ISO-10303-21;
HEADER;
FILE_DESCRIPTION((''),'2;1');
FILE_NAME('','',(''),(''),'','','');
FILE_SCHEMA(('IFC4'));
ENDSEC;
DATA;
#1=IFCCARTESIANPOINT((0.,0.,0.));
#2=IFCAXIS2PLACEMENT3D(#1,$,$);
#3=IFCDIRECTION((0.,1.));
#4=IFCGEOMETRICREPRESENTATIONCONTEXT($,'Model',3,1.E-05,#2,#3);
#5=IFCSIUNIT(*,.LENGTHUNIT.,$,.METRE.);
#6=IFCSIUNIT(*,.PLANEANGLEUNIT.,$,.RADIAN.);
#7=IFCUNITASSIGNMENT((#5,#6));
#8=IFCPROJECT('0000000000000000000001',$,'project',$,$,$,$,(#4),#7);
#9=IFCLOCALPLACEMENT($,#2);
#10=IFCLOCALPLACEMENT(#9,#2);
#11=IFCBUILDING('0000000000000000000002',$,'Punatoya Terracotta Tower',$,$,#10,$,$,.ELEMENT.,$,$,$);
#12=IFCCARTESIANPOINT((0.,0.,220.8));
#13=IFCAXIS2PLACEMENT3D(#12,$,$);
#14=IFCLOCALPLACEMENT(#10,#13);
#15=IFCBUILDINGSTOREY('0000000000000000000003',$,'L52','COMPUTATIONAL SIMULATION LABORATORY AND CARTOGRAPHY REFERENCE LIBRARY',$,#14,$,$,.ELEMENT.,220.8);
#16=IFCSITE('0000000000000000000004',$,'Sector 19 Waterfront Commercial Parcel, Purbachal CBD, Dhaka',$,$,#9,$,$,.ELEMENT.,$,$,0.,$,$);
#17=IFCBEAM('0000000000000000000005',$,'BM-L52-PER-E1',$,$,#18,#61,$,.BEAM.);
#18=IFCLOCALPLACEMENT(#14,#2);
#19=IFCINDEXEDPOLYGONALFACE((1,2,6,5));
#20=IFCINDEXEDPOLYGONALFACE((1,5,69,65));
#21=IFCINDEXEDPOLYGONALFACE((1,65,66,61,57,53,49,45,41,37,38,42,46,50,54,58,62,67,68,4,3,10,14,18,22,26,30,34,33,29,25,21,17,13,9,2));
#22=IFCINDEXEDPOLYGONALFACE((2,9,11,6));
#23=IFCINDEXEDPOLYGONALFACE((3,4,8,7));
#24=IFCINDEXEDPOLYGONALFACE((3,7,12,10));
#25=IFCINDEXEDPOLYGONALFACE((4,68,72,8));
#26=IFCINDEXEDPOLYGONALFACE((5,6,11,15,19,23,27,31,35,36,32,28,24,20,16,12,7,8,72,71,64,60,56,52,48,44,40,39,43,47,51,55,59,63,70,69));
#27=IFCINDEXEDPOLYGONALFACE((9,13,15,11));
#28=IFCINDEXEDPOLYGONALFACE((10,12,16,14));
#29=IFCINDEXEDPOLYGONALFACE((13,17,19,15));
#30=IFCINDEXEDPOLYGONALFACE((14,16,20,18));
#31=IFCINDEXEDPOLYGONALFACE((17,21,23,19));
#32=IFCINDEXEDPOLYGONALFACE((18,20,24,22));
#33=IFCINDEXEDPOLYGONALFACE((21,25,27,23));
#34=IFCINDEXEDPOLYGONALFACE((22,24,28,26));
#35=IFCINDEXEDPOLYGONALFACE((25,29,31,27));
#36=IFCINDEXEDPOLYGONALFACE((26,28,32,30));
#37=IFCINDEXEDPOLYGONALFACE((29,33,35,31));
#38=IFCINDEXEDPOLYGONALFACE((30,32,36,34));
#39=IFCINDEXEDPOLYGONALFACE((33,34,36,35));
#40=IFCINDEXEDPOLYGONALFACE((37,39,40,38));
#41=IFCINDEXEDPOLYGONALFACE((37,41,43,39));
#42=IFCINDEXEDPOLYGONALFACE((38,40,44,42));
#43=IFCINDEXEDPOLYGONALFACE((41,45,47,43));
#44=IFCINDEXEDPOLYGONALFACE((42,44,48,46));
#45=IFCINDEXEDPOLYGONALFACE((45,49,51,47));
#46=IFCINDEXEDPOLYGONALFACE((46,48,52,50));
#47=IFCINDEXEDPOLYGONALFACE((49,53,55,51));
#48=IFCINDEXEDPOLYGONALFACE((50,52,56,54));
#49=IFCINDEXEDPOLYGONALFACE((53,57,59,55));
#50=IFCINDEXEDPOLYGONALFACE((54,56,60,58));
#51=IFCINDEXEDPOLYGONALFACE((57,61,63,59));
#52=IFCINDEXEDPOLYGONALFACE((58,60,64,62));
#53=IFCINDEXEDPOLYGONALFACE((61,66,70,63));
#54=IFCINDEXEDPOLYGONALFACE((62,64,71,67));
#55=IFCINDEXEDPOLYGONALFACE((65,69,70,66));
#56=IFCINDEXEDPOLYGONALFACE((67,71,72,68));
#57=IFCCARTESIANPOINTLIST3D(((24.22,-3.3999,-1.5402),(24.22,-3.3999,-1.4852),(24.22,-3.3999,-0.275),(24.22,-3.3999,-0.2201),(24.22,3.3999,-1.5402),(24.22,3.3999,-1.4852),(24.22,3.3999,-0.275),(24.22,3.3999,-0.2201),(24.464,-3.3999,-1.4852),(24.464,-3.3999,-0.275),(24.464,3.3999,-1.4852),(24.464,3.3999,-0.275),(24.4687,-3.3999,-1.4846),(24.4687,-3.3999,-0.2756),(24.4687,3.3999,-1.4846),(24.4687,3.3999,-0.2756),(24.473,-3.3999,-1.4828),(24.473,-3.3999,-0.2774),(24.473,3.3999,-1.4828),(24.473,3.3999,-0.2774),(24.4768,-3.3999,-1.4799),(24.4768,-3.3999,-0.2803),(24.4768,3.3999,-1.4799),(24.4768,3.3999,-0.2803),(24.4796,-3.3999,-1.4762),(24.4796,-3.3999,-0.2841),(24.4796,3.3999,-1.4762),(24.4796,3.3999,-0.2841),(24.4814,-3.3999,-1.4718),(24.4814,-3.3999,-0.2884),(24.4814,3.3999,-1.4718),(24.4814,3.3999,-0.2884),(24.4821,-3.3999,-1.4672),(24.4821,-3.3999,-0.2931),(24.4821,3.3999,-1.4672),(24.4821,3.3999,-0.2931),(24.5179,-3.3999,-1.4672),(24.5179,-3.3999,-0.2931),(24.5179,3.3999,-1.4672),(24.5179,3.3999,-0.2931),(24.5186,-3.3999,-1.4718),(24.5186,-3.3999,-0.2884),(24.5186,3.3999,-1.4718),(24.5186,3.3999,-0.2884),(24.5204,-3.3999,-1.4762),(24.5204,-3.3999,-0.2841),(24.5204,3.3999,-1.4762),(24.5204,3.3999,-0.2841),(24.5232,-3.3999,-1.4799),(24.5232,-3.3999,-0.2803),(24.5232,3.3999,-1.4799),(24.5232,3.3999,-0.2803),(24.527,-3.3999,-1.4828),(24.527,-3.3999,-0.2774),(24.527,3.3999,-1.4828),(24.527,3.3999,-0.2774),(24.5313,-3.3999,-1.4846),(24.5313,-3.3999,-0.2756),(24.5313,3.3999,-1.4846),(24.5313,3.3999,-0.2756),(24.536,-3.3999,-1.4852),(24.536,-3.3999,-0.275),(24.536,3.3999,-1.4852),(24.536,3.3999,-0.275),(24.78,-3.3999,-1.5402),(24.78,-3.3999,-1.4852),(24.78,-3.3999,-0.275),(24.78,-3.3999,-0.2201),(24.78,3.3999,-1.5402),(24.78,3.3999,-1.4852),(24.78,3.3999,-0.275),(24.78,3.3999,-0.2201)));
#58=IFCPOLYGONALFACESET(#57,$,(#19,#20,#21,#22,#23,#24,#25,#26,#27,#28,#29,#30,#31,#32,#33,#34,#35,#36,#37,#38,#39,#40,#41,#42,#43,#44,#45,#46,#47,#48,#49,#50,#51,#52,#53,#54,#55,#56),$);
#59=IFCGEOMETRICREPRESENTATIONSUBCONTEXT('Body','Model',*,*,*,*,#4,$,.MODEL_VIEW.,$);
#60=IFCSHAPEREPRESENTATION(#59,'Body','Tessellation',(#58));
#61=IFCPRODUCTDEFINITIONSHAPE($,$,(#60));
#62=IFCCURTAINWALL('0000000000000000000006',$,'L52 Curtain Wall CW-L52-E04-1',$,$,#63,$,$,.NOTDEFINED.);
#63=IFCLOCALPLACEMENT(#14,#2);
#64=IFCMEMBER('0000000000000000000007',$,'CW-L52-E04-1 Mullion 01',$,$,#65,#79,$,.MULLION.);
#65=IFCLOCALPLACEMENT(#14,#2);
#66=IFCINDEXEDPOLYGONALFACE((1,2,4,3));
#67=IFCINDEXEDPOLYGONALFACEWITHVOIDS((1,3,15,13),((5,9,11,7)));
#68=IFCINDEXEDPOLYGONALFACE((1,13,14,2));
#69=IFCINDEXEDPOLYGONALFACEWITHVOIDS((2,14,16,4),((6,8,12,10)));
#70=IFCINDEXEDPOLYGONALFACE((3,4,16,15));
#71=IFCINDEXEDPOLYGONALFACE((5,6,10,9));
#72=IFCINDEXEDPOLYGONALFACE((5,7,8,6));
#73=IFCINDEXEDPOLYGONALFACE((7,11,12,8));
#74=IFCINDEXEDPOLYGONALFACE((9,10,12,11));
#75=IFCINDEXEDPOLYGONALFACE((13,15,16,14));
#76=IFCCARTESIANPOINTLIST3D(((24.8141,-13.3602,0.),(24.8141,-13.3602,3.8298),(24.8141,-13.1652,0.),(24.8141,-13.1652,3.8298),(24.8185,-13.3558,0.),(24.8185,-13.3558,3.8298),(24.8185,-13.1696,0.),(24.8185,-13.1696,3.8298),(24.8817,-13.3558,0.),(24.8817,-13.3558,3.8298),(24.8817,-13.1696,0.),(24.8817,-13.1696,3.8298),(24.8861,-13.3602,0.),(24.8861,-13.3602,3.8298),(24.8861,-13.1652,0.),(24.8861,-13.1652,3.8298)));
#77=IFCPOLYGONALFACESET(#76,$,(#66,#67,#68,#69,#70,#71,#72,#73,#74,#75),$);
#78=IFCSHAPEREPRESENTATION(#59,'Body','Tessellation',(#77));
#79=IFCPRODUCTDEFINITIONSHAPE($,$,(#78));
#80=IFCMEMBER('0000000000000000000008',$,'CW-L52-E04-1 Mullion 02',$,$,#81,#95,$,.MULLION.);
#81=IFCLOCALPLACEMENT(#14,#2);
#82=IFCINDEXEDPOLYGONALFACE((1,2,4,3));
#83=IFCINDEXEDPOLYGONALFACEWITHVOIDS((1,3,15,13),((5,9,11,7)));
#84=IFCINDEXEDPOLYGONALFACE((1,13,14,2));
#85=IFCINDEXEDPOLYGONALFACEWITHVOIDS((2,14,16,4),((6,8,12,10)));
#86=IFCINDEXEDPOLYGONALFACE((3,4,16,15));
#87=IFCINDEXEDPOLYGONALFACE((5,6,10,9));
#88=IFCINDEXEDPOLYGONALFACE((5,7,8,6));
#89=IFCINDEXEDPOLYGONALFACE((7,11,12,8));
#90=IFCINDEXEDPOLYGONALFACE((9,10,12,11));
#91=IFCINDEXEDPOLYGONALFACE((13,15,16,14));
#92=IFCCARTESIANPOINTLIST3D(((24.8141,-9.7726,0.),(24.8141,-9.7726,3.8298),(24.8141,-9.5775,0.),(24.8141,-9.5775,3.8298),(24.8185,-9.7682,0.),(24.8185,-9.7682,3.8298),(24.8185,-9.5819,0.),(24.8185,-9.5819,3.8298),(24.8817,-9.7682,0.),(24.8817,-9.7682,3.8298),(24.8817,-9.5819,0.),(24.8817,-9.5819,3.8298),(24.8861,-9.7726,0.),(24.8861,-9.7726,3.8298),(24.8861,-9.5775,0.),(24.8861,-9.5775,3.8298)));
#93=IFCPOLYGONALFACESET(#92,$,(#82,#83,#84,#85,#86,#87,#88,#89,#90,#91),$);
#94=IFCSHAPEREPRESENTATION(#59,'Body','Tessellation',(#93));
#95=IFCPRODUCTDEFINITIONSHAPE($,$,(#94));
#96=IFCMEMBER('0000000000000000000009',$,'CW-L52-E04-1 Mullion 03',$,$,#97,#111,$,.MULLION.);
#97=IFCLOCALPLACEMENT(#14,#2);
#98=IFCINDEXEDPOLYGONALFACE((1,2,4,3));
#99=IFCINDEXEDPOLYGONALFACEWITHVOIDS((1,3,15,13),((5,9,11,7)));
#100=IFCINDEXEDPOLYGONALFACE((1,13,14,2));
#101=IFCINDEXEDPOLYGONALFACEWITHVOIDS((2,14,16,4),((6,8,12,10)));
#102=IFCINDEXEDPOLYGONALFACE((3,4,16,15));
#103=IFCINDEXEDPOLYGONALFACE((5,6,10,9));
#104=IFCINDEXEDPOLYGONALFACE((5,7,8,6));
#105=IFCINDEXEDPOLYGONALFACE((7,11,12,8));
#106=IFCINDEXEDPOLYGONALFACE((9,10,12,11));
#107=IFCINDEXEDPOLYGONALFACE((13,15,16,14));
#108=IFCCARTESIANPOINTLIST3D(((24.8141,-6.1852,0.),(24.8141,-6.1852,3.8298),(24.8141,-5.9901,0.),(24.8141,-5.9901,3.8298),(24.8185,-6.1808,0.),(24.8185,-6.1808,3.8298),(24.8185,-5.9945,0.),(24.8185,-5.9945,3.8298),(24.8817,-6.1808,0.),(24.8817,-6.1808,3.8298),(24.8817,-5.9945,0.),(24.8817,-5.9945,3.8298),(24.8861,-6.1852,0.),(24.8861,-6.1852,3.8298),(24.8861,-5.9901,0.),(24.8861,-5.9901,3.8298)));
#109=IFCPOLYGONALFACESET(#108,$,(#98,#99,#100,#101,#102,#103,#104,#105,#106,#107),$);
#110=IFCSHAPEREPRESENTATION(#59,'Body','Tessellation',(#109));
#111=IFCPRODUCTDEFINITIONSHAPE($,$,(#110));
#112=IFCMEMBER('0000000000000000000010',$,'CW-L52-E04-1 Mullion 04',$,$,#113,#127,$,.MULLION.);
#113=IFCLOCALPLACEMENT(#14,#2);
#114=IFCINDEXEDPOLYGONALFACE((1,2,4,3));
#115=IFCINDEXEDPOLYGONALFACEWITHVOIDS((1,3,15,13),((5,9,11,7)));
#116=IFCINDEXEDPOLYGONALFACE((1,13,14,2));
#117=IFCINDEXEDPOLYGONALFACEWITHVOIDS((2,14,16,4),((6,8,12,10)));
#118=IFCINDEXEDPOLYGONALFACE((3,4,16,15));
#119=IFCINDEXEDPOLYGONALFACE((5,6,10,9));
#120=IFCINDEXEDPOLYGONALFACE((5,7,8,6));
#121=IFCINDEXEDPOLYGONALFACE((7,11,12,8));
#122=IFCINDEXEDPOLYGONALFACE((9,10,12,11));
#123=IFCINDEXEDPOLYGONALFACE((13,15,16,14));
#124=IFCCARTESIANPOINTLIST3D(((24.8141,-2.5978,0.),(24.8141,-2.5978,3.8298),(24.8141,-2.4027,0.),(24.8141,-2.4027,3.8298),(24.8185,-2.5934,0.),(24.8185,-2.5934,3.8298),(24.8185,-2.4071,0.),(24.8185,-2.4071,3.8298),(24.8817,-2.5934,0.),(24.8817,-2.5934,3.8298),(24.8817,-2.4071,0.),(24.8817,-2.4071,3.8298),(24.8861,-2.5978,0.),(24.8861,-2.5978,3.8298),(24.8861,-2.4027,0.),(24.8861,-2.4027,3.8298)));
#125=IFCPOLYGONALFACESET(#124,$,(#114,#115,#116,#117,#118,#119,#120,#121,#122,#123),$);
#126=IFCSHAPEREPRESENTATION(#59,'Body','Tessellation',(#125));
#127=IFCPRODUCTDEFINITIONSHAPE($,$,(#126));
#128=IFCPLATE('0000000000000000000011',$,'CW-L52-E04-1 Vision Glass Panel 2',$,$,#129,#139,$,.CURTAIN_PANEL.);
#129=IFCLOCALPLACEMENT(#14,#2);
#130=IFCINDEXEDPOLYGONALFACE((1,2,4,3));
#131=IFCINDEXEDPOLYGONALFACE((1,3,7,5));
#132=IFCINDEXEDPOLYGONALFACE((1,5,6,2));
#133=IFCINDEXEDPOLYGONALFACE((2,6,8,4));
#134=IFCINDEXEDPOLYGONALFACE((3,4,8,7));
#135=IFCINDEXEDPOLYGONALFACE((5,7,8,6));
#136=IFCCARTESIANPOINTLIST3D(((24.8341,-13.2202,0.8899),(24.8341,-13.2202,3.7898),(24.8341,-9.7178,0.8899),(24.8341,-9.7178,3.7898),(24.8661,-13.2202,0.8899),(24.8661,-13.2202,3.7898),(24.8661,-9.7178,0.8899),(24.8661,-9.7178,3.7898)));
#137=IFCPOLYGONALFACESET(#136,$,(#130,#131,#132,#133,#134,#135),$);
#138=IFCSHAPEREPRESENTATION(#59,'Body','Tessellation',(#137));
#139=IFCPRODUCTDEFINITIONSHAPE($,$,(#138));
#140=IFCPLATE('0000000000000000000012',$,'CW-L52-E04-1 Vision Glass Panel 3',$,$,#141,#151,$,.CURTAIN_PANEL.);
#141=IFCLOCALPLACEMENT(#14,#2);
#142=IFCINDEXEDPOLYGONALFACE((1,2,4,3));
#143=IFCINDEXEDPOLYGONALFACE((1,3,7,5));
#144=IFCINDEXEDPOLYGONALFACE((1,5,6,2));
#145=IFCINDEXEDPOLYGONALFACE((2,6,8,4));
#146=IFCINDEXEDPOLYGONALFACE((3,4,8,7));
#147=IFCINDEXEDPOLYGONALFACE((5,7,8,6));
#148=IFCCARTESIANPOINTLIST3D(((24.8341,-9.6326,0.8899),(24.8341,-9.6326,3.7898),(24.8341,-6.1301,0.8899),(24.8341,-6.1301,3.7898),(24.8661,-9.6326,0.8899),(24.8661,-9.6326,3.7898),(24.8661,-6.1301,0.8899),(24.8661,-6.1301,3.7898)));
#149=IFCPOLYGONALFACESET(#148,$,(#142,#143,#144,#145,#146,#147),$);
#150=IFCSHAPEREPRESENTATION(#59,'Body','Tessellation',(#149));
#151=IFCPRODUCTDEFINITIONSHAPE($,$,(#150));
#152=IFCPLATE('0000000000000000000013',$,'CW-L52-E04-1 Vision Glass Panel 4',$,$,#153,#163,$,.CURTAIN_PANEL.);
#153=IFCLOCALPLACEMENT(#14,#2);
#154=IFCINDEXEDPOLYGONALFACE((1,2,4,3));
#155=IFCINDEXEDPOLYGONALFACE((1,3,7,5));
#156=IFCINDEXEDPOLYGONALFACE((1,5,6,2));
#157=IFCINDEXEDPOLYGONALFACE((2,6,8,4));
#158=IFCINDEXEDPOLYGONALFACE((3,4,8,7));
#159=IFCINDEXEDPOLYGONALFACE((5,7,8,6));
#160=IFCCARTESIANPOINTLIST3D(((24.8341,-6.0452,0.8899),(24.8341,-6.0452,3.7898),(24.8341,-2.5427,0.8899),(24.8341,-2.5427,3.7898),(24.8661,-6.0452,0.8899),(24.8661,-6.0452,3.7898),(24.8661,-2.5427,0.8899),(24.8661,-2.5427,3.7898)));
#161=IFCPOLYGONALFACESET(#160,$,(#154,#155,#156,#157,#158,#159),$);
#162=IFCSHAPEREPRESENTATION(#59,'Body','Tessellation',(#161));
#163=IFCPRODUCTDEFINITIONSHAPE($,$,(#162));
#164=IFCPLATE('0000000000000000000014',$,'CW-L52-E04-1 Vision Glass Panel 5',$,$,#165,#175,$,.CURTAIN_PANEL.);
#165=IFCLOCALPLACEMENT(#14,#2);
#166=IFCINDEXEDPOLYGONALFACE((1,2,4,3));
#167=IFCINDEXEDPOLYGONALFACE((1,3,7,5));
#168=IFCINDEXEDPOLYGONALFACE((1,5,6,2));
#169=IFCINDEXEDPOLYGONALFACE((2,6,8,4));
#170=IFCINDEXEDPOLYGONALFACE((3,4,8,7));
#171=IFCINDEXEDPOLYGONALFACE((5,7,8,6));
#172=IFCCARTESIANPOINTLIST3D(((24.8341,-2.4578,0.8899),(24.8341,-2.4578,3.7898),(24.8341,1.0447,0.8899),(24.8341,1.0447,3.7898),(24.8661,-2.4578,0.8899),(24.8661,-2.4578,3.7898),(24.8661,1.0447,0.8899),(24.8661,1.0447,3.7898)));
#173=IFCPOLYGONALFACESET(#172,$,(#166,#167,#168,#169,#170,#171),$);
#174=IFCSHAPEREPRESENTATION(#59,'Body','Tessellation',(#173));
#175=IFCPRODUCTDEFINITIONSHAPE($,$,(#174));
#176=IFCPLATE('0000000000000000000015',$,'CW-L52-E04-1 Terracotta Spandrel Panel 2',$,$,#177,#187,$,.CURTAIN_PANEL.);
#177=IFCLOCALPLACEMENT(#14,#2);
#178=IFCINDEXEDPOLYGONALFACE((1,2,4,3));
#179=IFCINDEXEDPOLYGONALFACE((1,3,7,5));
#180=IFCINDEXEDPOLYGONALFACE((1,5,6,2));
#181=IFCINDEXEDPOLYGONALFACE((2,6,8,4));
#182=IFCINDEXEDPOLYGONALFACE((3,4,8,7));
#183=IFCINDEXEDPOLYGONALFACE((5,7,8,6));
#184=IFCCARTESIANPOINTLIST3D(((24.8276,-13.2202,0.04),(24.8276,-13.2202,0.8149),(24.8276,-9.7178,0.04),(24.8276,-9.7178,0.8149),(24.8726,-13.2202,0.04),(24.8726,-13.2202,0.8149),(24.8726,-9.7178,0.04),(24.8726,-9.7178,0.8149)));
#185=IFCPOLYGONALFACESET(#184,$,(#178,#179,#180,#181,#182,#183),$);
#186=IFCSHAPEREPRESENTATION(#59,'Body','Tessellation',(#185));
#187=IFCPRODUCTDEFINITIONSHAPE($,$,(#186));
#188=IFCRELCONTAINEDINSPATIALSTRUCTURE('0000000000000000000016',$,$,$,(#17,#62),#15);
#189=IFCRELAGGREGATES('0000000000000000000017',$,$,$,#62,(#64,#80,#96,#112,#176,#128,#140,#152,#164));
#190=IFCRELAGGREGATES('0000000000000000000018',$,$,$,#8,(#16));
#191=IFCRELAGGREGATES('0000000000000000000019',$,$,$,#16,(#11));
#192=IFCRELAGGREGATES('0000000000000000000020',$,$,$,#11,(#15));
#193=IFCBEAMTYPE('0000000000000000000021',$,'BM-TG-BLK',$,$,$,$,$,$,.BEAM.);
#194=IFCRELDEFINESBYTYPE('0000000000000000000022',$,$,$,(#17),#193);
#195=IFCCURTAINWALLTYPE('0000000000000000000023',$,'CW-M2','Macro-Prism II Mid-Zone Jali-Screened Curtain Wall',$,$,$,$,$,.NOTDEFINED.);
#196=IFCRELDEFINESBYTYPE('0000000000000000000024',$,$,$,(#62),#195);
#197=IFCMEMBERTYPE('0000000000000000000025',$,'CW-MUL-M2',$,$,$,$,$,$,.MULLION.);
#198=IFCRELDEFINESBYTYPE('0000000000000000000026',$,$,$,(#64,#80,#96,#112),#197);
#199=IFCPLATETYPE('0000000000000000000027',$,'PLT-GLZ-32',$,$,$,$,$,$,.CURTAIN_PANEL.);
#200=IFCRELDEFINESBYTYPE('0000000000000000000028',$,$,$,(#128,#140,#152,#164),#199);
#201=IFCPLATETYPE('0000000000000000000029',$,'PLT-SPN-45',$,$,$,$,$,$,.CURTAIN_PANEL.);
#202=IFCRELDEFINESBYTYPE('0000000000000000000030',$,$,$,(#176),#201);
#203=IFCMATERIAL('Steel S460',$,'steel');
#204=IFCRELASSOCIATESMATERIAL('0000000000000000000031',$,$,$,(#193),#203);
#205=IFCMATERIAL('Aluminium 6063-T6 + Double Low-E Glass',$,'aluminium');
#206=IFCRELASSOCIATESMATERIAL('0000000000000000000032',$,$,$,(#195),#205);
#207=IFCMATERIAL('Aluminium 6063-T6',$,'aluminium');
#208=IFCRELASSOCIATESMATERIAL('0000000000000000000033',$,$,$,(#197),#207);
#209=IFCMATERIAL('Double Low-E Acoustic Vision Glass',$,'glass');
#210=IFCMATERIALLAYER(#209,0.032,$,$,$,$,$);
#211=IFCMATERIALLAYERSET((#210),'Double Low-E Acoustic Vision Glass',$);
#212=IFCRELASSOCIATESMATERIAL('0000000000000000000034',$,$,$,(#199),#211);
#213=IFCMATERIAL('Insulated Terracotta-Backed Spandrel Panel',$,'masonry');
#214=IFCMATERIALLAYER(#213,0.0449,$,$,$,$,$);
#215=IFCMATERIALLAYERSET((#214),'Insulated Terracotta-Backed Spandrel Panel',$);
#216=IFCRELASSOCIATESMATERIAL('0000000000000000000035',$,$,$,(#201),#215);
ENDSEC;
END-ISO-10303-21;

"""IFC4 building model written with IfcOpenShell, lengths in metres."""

from ifc_helpers import new_model, si_unit, direction, frame, origin, origin_2d, place, context, subcontext, project, spatial, rectangle, hollow_rectangle, i_section, extrude, material, layer, layer_set, material_profile, profile_set, type_object, element, aggregate, save


model = new_model("IFC4")

# Units and contexts
model_context = context("Model", 3, precision=1e-05, world=origin(), true_north=direction((0.0, 1.0)))
body_context = subcontext(model_context, "Body", "Model", "MODEL_VIEW")
ifc_project = project(units=[si_unit("LENGTHUNIT", "METRE"), si_unit("PLANEANGLEUNIT", "RADIAN")], contexts=[model_context])

# Site, building, storey
site_placement = place(None, origin())
site = spatial("IfcSite", under=ifc_project, at=site_placement, Name="Sector 19 Waterfront Commercial Parcel, Purbachal CBD, Dhaka", CompositionType="ELEMENT", RefElevation=0.0)
building_placement = place(site_placement, origin())
building = spatial("IfcBuilding", under=site, at=building_placement, Name="Punatoya Terracotta Tower", CompositionType="ELEMENT")
storey_placement = place(building_placement, frame((0.0, 0.0, 220.8)))
storey = spatial("IfcBuildingStorey", under=building, at=storey_placement, Name="L52", Description="COMPUTATIONAL SIMULATION LABORATORY AND CARTOGRAPHY REFERENCE LIBRARY", CompositionType="ELEMENT", Elevation=220.8)

# Shared definitions
ifc_material_1 = material(Name="Steel S460", Category="steel")

# Beam
ifc_material_profile_1 = material_profile(ifc_material_1, i_section(OverallWidth=0.5601, OverallDepth=1.3201, WebThickness=0.0359, FlangeThickness=0.0549, FilletRadius=0.0181, at=origin_2d()))
ifc_profile_set_1 = profile_set([ifc_material_profile_1], Name="Steel S460")
beam_type = type_object("IfcBeamType", Name="BM-TG-BLK", PredefinedType="BEAM", material=ifc_profile_set_1)
beam_1_placement = place(storey_placement, frame((24.5, -3.3999, -0.8801), z_axis=(0.0, 1.0, 0.0), x_axis=(-1.0, 0.0, 0.0)))
element("IfcBeam", 1, at=beam_1_placement, inside=storey, type_object=beam_type, Name="BM-L52-PER-E1", PredefinedType="BEAM", context=body_context, shape_type="SweptSolid", body=[
    extrude(i_section(OverallWidth=0.5601, OverallDepth=1.3201, WebThickness=0.0359, FlangeThickness=0.0549, FilletRadius=0.0181, at=origin_2d()), origin(), (0.0, 0.0, 1.0), 6.7998),
])

# Curtain wall, members, plates
ifc_material_2 = material(Name="Aluminium 6063-T6 + Double Low-E Glass", Category="aluminium")
curtain_wall_type = type_object("IfcCurtainWallType", Name="CW-M2", Description="Macro-Prism II Mid-Zone Jali-Screened Curtain Wall", PredefinedType="NOTDEFINED", material=ifc_material_2)
curtain_wall_placement = place(storey_placement, origin())
curtain_wall = element("IfcCurtainWall", 2, at=curtain_wall_placement, inside=storey, type_object=curtain_wall_type, Name="L52 Curtain Wall CW-L52-E04-1", PredefinedType="NOTDEFINED")
ifc_material_3 = material(Name="Aluminium 6063-T6", Category="aluminium")
ifc_material_profile_2 = material_profile(ifc_material_3, hollow_rectangle(XDim=0.072, YDim=0.1951, WallThickness=0.0044, at=origin_2d()))
ifc_profile_set_2 = profile_set([ifc_material_profile_2], Name="Aluminium 6063-T6")
member_type = type_object("IfcMemberType", Name="CW-MUL-M2", PredefinedType="MULLION", material=ifc_profile_set_2)
member_1_placement = place(storey_placement, frame((24.8501, -13.2627, 0.0), z_axis=(0.0, 0.0, 1.0), x_axis=(1.0, 0.0, 0.0)))
member_1 = element("IfcMember", 3, at=member_1_placement, type_object=member_type, Name="CW-L52-E04-1 Mullion 01", PredefinedType="MULLION", context=body_context, shape_type="SweptSolid", body=[
    extrude(hollow_rectangle(XDim=0.072, YDim=0.1951, WallThickness=0.0044, at=origin_2d()), origin(), (0.0, 0.0, 1.0), 3.8298),
])
member_2_placement = place(storey_placement, frame((24.8501, -9.675, 0.0), z_axis=(0.0, 0.0, 1.0), x_axis=(1.0, 0.0, 0.0)))
member_2 = element("IfcMember", 4, at=member_2_placement, type_object=member_type, Name="CW-L52-E04-1 Mullion 02", PredefinedType="MULLION", context=body_context, shape_type="SweptSolid", body=[
    extrude(hollow_rectangle(XDim=0.072, YDim=0.1951, WallThickness=0.0044, at=origin_2d()), origin(), (0.0, 0.0, 1.0), 3.8298),
])
member_3_placement = place(storey_placement, frame((24.8501, -6.0876, 0.0), z_axis=(0.0, 0.0, 1.0), x_axis=(1.0, 0.0, 0.0)))
member_3 = element("IfcMember", 5, at=member_3_placement, type_object=member_type, Name="CW-L52-E04-1 Mullion 03", PredefinedType="MULLION", context=body_context, shape_type="SweptSolid", body=[
    extrude(hollow_rectangle(XDim=0.072, YDim=0.1951, WallThickness=0.0044, at=origin_2d()), origin(), (0.0, 0.0, 1.0), 3.8298),
])
member_4_placement = place(storey_placement, frame((24.8501, -2.5002, 0.0), z_axis=(0.0, 0.0, 1.0), x_axis=(1.0, 0.0, 0.0)))
member_4 = element("IfcMember", 6, at=member_4_placement, type_object=member_type, Name="CW-L52-E04-1 Mullion 04", PredefinedType="MULLION", context=body_context, shape_type="SweptSolid", body=[
    extrude(hollow_rectangle(XDim=0.072, YDim=0.1951, WallThickness=0.0044, at=origin_2d()), origin(), (0.0, 0.0, 1.0), 3.8298),
])
ifc_material_4 = material(Name="Double Low-E Acoustic Vision Glass", Category="glass")
ifc_layer_1 = layer(ifc_material_4, 0.032)
ifc_layer_set_1 = layer_set([ifc_layer_1], Name="Double Low-E Acoustic Vision Glass")
plate_type_1 = type_object("IfcPlateType", Name="PLT-GLZ-32", PredefinedType="CURTAIN_PANEL", material=ifc_layer_set_1)
plate_1_placement = place(storey_placement, frame((24.8501, -11.469, 0.8899), z_axis=(0.0, 0.0, 1.0), x_axis=(0.0, 1.0, 0.0)))
plate_1 = element("IfcPlate", 7, at=plate_1_placement, type_object=plate_type_1, Name="CW-L52-E04-1 Vision Glass Panel 2", PredefinedType="CURTAIN_PANEL", context=body_context, shape_type="SweptSolid", body=[
    extrude(rectangle(XDim=3.5024, YDim=0.032, at=origin_2d()), origin(), (0.0, 0.0, 1.0), 2.8999),
])
plate_2_placement = place(storey_placement, frame((24.8501, -7.8813, 0.8899), z_axis=(0.0, 0.0, 1.0), x_axis=(0.0, 1.0, 0.0)))
plate_2 = element("IfcPlate", 8, at=plate_2_placement, type_object=plate_type_1, Name="CW-L52-E04-1 Vision Glass Panel 3", PredefinedType="CURTAIN_PANEL", context=body_context, shape_type="SweptSolid", body=[
    extrude(rectangle(XDim=3.5024, YDim=0.032, at=origin_2d()), origin(), (0.0, 0.0, 1.0), 2.8999),
])
plate_3_placement = place(storey_placement, frame((24.8501, -4.2939, 0.8899), z_axis=(0.0, 0.0, 1.0), x_axis=(0.0, 1.0, 0.0)))
plate_3 = element("IfcPlate", 9, at=plate_3_placement, type_object=plate_type_1, Name="CW-L52-E04-1 Vision Glass Panel 4", PredefinedType="CURTAIN_PANEL", context=body_context, shape_type="SweptSolid", body=[
    extrude(rectangle(XDim=3.5024, YDim=0.032, at=origin_2d()), origin(), (0.0, 0.0, 1.0), 2.8999),
])
plate_4_placement = place(storey_placement, frame((24.8501, -0.7065, 0.8899), z_axis=(0.0, 0.0, 1.0), x_axis=(0.0, 1.0, 0.0)))
plate_4 = element("IfcPlate", 10, at=plate_4_placement, type_object=plate_type_1, Name="CW-L52-E04-1 Vision Glass Panel 5", PredefinedType="CURTAIN_PANEL", context=body_context, shape_type="SweptSolid", body=[
    extrude(rectangle(XDim=3.5024, YDim=0.032, at=origin_2d()), origin(), (0.0, 0.0, 1.0), 2.8999),
])
ifc_material_5 = material(Name="Insulated Terracotta-Backed Spandrel Panel", Category="masonry")
ifc_layer_2 = layer(ifc_material_5, 0.0449)
ifc_layer_set_2 = layer_set([ifc_layer_2], Name="Insulated Terracotta-Backed Spandrel Panel")
plate_type_2 = type_object("IfcPlateType", Name="PLT-SPN-45", PredefinedType="CURTAIN_PANEL", material=ifc_layer_set_2)
plate_5_placement = place(storey_placement, frame((24.8501, -11.469, 0.04), z_axis=(0.0, 0.0, 1.0), x_axis=(0.0, 1.0, 0.0)))
plate_5 = element("IfcPlate", 11, at=plate_5_placement, type_object=plate_type_2, Name="CW-L52-E04-1 Terracotta Spandrel Panel 2", PredefinedType="CURTAIN_PANEL", context=body_context, shape_type="SweptSolid", body=[
    extrude(rectangle(XDim=3.5024, YDim=0.0449, at=origin_2d()), origin(), (0.0, 0.0, 1.0), 0.7749),
])
aggregate(curtain_wall, [member_1, member_2, member_3, member_4, plate_5, plate_1, plate_2, plate_3, plate_4])

save(model, "model.ifc")
